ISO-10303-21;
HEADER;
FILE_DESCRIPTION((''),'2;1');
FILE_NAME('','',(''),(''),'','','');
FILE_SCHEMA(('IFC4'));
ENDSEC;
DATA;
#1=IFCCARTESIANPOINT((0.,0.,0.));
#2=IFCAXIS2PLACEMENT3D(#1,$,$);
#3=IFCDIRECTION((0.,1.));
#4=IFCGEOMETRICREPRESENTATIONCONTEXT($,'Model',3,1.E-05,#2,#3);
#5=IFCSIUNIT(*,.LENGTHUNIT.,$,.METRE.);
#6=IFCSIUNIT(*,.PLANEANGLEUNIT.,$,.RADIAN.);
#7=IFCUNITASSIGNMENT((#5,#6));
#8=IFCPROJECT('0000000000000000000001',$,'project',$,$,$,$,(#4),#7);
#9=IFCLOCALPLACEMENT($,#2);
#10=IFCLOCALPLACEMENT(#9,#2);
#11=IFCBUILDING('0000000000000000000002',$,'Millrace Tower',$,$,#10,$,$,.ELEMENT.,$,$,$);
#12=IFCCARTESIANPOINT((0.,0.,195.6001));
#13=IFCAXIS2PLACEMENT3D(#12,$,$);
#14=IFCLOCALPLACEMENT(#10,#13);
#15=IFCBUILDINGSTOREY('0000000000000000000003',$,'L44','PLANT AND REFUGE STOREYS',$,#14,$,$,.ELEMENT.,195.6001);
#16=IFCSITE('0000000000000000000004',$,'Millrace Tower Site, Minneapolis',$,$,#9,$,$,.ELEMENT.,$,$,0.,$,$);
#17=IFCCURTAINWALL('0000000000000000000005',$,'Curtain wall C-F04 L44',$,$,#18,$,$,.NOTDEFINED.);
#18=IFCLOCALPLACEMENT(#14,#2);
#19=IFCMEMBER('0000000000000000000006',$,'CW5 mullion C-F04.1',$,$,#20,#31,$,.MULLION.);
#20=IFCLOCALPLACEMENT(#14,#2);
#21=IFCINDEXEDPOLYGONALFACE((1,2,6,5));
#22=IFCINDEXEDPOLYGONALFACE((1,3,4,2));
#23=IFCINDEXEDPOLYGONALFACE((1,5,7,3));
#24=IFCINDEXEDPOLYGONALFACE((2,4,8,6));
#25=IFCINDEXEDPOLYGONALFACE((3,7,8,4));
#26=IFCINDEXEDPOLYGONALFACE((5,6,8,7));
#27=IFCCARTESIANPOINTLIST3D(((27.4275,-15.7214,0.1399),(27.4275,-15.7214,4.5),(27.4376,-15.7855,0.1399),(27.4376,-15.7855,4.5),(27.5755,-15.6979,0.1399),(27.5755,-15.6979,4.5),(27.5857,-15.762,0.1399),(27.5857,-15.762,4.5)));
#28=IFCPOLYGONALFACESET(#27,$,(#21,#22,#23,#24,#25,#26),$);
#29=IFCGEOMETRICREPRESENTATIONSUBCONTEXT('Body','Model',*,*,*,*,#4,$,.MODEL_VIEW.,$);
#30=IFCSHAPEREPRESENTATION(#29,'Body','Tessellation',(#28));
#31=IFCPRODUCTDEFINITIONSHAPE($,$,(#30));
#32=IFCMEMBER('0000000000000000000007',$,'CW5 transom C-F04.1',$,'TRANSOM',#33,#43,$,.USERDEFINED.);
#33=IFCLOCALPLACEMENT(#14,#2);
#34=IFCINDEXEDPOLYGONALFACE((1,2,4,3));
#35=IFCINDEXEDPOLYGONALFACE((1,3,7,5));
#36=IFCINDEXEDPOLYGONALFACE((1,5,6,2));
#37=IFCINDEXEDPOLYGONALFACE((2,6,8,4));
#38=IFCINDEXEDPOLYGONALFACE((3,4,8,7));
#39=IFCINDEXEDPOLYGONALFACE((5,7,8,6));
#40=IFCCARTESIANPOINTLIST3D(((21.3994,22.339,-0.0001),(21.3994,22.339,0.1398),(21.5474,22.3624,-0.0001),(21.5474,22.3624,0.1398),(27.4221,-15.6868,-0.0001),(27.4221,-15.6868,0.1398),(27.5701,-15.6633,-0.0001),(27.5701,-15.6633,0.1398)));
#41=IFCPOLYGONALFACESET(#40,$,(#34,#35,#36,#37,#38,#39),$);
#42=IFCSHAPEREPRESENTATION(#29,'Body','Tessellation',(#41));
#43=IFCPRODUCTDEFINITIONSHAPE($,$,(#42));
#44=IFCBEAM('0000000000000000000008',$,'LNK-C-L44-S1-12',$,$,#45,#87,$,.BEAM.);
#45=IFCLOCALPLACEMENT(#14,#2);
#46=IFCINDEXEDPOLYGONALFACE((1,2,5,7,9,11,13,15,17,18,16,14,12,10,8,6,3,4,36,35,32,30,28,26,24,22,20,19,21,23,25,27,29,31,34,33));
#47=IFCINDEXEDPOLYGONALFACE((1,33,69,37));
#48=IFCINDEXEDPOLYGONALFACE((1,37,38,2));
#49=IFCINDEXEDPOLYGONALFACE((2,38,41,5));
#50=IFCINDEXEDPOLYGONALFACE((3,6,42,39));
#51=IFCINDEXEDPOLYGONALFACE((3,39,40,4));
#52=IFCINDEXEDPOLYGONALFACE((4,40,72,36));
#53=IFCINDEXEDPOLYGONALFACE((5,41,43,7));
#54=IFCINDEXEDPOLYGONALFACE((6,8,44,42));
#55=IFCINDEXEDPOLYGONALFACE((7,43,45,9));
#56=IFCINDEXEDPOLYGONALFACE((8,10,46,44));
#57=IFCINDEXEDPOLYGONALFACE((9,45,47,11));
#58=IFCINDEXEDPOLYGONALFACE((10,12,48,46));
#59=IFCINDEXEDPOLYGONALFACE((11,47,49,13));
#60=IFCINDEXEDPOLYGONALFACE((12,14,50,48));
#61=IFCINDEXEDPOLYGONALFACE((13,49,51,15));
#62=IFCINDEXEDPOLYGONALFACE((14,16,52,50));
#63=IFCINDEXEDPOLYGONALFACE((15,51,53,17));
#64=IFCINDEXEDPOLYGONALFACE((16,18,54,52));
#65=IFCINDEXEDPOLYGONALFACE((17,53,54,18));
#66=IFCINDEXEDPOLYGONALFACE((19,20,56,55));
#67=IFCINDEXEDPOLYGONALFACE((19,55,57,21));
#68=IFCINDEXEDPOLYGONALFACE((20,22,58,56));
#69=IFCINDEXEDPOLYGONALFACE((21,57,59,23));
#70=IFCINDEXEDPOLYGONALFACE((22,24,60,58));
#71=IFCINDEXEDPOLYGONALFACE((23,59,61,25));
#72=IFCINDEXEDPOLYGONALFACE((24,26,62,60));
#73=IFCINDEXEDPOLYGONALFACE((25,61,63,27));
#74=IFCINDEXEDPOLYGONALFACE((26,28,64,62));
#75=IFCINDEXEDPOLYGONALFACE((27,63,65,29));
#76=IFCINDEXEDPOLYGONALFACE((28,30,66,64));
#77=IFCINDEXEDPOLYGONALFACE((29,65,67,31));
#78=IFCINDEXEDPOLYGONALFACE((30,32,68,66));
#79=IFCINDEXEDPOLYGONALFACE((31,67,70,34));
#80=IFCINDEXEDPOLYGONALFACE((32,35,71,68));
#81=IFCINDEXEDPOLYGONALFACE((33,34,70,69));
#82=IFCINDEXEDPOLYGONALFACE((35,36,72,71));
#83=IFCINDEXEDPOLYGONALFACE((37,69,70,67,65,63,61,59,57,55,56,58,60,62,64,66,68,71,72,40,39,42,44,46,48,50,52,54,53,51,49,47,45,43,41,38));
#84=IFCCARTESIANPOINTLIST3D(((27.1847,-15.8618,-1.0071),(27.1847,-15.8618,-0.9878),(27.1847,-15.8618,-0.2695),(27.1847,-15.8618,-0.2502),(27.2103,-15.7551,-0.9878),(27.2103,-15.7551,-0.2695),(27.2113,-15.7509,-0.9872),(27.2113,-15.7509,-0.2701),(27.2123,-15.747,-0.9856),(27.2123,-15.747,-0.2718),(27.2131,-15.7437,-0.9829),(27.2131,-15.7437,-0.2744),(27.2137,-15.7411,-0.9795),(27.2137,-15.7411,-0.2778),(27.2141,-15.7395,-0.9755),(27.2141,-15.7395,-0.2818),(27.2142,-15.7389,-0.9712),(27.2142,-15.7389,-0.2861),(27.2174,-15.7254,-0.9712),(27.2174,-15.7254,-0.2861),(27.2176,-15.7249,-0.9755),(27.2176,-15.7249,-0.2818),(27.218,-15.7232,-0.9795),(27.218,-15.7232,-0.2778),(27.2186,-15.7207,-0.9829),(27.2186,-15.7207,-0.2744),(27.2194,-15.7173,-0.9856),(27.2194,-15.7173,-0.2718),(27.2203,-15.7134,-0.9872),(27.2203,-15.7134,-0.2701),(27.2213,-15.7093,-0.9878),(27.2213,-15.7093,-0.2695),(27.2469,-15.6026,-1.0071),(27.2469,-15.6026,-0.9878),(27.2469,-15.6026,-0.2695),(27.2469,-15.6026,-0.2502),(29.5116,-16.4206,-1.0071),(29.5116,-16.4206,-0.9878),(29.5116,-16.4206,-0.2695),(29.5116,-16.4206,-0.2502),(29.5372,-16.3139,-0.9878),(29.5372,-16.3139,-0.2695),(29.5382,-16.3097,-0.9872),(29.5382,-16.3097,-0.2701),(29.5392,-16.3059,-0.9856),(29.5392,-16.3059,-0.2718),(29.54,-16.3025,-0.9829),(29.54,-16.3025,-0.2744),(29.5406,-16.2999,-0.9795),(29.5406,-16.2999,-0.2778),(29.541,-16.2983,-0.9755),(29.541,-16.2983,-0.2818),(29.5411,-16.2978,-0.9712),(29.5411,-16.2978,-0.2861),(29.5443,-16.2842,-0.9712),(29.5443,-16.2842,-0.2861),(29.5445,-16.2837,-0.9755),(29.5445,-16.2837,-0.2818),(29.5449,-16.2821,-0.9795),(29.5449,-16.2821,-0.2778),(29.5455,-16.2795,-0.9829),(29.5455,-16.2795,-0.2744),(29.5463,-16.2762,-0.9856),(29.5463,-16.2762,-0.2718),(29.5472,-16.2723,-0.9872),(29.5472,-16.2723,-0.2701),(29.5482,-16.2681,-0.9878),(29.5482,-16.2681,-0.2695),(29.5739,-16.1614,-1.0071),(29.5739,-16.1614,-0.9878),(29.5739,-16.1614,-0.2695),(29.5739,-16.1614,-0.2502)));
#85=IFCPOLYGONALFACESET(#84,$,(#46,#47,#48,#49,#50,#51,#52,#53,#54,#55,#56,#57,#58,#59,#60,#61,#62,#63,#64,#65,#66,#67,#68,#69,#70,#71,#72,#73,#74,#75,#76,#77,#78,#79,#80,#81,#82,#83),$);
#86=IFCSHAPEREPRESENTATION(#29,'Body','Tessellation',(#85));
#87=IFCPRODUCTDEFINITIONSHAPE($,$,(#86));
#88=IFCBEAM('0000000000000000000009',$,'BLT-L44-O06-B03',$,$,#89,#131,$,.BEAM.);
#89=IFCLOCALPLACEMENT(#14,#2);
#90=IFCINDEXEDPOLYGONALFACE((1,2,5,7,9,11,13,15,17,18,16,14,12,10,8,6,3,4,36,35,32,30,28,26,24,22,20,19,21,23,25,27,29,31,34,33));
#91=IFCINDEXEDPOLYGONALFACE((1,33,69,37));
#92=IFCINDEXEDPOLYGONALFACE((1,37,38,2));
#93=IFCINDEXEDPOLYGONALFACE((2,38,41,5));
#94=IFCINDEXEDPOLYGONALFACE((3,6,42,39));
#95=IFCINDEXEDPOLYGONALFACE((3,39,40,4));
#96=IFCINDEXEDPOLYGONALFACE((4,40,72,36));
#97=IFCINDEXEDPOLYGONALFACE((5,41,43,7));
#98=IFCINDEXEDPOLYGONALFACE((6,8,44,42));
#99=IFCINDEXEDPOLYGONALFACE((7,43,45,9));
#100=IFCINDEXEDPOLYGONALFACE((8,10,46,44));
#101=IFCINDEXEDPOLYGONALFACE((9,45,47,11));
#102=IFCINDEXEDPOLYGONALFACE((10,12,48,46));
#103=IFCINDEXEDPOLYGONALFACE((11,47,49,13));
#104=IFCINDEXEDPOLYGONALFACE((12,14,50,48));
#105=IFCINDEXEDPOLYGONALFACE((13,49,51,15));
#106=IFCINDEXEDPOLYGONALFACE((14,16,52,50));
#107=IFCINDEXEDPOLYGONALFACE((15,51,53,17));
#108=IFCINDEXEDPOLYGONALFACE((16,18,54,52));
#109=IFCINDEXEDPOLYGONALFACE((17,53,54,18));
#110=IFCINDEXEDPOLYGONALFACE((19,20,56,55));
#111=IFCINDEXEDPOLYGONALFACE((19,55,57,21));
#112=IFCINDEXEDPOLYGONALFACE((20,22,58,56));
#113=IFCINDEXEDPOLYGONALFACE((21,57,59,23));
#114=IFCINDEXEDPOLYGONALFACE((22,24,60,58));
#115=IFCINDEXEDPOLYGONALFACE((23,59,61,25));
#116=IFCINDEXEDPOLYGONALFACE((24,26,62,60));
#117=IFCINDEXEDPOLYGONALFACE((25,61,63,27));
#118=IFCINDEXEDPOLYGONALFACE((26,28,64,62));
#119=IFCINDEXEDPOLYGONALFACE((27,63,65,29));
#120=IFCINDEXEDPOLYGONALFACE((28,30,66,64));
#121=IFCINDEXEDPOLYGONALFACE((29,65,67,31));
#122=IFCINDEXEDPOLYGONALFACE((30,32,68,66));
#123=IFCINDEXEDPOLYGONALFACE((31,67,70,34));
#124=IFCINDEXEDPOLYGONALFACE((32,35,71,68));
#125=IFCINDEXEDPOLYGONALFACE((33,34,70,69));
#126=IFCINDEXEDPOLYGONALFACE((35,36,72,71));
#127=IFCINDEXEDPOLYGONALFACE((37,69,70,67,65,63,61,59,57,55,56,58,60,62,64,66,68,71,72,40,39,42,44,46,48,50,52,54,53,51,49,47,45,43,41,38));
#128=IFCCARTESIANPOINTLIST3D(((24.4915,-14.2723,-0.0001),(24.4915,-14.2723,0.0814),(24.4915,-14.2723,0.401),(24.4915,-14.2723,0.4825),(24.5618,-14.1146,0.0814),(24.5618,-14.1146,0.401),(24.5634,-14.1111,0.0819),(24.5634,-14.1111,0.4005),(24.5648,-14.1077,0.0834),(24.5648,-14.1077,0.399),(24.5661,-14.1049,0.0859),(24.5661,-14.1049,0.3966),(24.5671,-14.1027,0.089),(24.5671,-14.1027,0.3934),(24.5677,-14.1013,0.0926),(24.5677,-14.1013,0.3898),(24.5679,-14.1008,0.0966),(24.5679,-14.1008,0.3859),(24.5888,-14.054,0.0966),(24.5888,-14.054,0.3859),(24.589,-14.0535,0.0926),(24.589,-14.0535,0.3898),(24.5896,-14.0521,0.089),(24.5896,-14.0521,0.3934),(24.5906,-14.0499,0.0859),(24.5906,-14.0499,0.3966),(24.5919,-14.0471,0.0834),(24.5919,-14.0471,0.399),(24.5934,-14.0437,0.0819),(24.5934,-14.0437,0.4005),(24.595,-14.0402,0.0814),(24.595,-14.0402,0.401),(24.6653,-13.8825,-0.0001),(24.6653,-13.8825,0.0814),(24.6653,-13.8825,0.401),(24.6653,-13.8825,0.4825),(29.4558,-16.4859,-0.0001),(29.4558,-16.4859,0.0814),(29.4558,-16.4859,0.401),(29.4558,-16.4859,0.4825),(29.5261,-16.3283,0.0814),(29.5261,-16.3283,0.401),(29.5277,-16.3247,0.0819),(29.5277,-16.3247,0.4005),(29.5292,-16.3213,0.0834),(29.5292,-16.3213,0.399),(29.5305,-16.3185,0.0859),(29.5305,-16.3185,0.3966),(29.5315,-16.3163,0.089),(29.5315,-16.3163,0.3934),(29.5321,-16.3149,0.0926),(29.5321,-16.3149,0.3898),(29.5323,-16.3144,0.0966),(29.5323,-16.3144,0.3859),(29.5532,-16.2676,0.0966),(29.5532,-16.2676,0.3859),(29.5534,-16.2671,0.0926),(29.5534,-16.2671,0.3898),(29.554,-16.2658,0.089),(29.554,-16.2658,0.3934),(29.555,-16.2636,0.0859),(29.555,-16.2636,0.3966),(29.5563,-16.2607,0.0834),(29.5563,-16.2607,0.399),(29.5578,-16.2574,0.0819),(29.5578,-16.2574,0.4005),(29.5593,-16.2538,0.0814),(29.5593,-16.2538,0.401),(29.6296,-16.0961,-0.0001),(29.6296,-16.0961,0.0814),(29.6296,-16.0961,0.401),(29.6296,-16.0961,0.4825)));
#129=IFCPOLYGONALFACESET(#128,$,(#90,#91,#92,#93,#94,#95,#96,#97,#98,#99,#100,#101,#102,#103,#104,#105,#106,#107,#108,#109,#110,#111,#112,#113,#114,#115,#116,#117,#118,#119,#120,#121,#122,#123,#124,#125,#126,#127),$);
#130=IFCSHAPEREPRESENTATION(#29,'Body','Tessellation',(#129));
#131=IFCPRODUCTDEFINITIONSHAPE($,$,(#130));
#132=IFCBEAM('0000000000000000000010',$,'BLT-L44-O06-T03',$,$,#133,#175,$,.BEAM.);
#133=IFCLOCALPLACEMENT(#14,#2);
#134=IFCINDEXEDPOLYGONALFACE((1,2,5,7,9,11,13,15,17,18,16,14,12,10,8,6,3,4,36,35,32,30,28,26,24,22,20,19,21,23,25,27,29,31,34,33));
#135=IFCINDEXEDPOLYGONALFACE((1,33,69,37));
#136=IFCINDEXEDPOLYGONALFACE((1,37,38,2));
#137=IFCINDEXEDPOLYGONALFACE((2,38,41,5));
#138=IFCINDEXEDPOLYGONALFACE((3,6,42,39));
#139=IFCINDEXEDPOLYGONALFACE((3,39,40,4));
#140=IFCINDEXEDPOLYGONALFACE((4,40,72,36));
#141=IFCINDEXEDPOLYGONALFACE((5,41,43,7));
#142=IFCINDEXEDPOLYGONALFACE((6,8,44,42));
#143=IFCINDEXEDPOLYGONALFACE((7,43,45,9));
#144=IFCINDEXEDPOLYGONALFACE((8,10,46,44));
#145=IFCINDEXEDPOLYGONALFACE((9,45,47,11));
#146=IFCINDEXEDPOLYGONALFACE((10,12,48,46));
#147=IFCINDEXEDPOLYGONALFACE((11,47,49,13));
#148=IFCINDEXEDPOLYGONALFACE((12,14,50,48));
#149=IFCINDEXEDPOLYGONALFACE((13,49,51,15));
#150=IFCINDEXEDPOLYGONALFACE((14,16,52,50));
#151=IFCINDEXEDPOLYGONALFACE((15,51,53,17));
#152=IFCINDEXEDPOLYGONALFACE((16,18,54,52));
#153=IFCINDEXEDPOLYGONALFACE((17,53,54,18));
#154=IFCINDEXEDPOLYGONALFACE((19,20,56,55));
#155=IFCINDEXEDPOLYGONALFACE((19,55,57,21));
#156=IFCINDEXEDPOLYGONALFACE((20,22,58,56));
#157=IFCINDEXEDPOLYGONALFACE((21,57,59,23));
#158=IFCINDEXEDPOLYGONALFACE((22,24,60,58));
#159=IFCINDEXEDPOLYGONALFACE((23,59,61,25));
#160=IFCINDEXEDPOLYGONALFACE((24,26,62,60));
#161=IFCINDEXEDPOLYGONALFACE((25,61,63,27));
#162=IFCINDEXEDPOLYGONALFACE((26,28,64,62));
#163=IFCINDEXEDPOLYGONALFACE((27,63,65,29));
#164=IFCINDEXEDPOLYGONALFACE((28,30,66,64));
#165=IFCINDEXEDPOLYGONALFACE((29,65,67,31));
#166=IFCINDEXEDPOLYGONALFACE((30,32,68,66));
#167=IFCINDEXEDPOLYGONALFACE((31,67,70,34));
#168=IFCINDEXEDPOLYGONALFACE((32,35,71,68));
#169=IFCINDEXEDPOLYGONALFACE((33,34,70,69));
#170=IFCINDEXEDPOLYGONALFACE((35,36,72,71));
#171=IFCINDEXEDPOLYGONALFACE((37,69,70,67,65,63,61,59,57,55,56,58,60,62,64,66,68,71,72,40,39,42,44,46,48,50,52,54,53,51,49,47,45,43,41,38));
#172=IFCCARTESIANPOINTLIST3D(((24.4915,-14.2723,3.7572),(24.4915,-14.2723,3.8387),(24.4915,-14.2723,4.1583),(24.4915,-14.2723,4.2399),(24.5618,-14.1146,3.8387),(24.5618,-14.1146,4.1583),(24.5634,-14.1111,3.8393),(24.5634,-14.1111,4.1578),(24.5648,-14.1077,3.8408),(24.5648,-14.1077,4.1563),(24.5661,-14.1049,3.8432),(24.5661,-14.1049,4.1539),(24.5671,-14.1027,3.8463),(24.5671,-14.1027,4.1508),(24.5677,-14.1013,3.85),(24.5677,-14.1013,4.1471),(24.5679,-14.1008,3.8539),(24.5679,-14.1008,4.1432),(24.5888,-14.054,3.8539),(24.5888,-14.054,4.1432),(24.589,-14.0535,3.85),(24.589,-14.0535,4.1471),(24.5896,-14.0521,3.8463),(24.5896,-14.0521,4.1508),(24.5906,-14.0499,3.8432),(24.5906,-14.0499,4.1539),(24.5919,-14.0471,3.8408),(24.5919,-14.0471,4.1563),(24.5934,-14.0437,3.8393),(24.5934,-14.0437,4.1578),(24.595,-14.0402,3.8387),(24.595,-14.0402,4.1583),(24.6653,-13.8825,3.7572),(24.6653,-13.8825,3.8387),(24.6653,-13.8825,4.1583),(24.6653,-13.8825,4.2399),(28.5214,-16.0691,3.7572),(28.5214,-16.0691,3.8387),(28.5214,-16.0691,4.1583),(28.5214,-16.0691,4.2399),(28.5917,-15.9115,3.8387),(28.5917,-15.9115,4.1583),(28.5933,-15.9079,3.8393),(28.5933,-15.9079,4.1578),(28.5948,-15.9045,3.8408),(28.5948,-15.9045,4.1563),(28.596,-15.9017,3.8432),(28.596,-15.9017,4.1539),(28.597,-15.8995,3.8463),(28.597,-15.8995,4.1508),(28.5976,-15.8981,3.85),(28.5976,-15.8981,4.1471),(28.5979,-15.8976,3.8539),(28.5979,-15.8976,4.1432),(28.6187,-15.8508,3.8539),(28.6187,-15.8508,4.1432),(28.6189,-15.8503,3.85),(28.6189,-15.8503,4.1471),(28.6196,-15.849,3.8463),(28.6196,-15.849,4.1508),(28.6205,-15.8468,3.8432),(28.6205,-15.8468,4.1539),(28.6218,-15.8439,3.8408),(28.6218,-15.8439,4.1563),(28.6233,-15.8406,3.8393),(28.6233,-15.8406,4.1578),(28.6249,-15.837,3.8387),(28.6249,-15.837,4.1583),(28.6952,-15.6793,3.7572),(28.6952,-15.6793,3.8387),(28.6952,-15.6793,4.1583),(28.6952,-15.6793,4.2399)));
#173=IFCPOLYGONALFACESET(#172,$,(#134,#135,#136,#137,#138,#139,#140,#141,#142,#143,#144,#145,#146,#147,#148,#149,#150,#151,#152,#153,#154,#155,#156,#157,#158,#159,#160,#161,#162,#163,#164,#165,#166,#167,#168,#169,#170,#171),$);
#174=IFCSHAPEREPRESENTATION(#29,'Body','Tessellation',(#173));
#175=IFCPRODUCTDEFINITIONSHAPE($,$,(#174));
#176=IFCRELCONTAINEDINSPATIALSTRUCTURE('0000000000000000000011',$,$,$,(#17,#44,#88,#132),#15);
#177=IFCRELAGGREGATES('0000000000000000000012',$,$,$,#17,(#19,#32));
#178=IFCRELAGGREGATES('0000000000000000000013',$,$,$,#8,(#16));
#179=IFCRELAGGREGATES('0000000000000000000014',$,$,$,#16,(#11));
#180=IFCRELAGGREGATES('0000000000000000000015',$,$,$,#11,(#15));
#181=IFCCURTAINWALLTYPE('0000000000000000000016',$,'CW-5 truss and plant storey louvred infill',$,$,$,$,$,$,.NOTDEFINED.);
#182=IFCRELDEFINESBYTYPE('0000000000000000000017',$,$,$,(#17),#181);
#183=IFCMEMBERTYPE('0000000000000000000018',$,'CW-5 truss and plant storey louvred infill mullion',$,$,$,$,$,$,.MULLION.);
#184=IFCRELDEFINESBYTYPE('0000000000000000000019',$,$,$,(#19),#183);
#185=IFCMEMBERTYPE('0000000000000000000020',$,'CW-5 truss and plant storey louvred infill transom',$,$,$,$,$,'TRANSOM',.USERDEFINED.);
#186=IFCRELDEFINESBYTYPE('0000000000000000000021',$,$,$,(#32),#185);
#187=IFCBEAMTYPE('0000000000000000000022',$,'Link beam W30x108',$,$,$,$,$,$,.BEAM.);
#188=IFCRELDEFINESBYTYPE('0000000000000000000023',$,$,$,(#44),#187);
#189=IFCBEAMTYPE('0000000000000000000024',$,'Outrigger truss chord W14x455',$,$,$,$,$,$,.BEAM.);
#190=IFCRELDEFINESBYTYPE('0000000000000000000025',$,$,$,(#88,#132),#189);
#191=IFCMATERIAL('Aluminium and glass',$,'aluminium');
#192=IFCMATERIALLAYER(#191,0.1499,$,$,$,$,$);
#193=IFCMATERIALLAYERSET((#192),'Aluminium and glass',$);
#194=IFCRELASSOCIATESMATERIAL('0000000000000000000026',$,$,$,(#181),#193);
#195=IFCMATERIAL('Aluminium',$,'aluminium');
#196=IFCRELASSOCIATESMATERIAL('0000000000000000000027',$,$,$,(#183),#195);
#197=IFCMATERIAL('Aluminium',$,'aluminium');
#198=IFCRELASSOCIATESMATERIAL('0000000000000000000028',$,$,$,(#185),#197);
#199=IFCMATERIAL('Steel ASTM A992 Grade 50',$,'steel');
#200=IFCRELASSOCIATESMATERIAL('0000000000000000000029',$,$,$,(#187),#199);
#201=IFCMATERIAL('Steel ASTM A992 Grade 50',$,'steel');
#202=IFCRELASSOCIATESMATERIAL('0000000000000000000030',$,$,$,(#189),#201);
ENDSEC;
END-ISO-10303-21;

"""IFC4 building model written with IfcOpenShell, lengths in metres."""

from ifc_helpers import new_model, si_unit, direction, frame, origin, origin_2d, place, context, subcontext, project, spatial, rectangle, i_section, extrude, material, layer, layer_set, material_profile, profile_set, type_object, element, aggregate, save


model = new_model("IFC4")

# Units and contexts
model_context = context("Model", 3, precision=1e-05, world=origin(), true_north=direction((0.0, 1.0)))
body_context = subcontext(model_context, "Body", "Model", "MODEL_VIEW")
ifc_project = project(units=[si_unit("LENGTHUNIT", "METRE"), si_unit("PLANEANGLEUNIT", "RADIAN")], contexts=[model_context])

# Site, building, storey
site_placement = place(None, origin())
site = spatial("IfcSite", under=ifc_project, at=site_placement, Name="Millrace Tower Site, Minneapolis", CompositionType="ELEMENT", RefElevation=0.0)
building_placement = place(site_placement, origin())
building = spatial("IfcBuilding", under=site, at=building_placement, Name="Millrace Tower", CompositionType="ELEMENT")
storey_placement = place(building_placement, frame((0.0, 0.0, 195.6001)))
storey = spatial("IfcBuildingStorey", under=building, at=storey_placement, Name="L44", Description="PLANT AND REFUGE STOREYS", CompositionType="ELEMENT", Elevation=195.6001)

# Curtain wall, members
ifc_material_1 = material(Name="Aluminium and glass", Category="aluminium")
ifc_layer_1 = layer(ifc_material_1, 0.1499)
ifc_layer_set_1 = layer_set([ifc_layer_1], Name="Aluminium and glass")
curtain_wall_type = type_object("IfcCurtainWallType", Name="CW-5 truss and plant storey louvred infill", PredefinedType="NOTDEFINED", material=ifc_layer_set_1)
curtain_wall_placement = place(storey_placement, origin())
curtain_wall = element("IfcCurtainWall", 1, at=curtain_wall_placement, inside=storey, type_object=curtain_wall_type, Name="Curtain wall C-F04 L44", PredefinedType="NOTDEFINED")
ifc_material_2 = material(Name="Aluminium", Category="aluminium")
ifc_material_profile_1 = material_profile(ifc_material_2, rectangle(XDim=0.0649, YDim=0.1499, at=origin_2d()))
ifc_profile_set_1 = profile_set([ifc_material_profile_1], Name="Aluminium")
member_type_1 = type_object("IfcMemberType", Name="CW-5 truss and plant storey louvred infill mullion", PredefinedType="MULLION", material=ifc_profile_set_1)
member_1_placement = place(storey_placement, frame((27.5066, -15.7417, 0.1399), z_axis=(0.0, 0.0, 1.0), x_axis=(-0.156434, 0.987688, 0.0)))
member_1 = element("IfcMember", 2, at=member_1_placement, type_object=member_type_1, Name="CW5 mullion C-F04.1", PredefinedType="MULLION", context=body_context, shape_type="SweptSolid", body=[
    extrude(rectangle(XDim=0.0649, YDim=0.1499, at=origin_2d()), origin(), (0.0, 0.0, 1.0), 4.3601),
])
ifc_material_3 = material(Name="Aluminium", Category="aluminium")
ifc_material_profile_2 = material_profile(ifc_material_3, rectangle(XDim=0.1499, YDim=0.1399, at=origin_2d()))
ifc_profile_set_2 = profile_set([ifc_material_profile_2], Name="Aluminium")
member_type_2 = type_object("IfcMemberType", Name="CW-5 truss and plant storey louvred infill transom", ElementType="TRANSOM", PredefinedType="USERDEFINED", material=ifc_profile_set_2)
member_2_placement = place(storey_placement, frame((27.4961, -15.675, 0.0698), z_axis=(-0.156434, 0.987688, 0.0), x_axis=(-0.987688, -0.156434, 0.0)))
member_2 = element("IfcMember", 3, at=member_2_placement, type_object=member_type_2, Name="CW5 transom C-F04.1", ObjectType="TRANSOM", PredefinedType="USERDEFINED", context=body_context, shape_type="SweptSolid", body=[
    extrude(rectangle(XDim=0.1499, YDim=0.1399, at=origin_2d()), origin(), (0.0, 0.0, 1.0), 38.4998),
])
aggregate(curtain_wall, [member_1, member_2])

# Beams
ifc_material_4 = material(Name="Steel ASTM A992 Grade 50", Category="steel")
ifc_material_profile_3 = material_profile(ifc_material_4, i_section(OverallWidth=0.2666, OverallDepth=0.7568, WebThickness=0.0139, FlangeThickness=0.0193, FilletRadius=0.0166, at=origin_2d()))
ifc_profile_set_3 = profile_set([ifc_material_profile_3], Name="Steel ASTM A992 Grade 50")
beam_type_1 = type_object("IfcBeamType", Name="Link beam W30x108", PredefinedType="BEAM", material=ifc_profile_set_3)
beam_1_placement = place(storey_placement, frame((27.2158, -15.7322, -0.6287), z_axis=(0.972351, -0.233523, 0.0), x_axis=(0.233523, 0.972351, 0.0)))
element("IfcBeam", 4, at=beam_1_placement, inside=storey, type_object=beam_type_1, Name="LNK-C-L44-S1-12", PredefinedType="BEAM", context=body_context, shape_type="SweptSolid", body=[
    extrude(i_section(OverallWidth=0.2666, OverallDepth=0.7568, WebThickness=0.0139, FlangeThickness=0.0193, FilletRadius=0.0166, at=origin_2d()), origin(), (0.0, 0.0, 1.0), 2.3931),
])
ifc_material_5 = material(Name="Steel ASTM A992 Grade 50", Category="steel")
ifc_material_profile_4 = material_profile(ifc_material_5, i_section(OverallWidth=0.4268, OverallDepth=0.4827, WebThickness=0.0513, FlangeThickness=0.0815, FilletRadius=0.0151, at=origin_2d()))
ifc_profile_set_4 = profile_set([ifc_material_profile_4], Name="Steel ASTM A992 Grade 50")
beam_type_2 = type_object("IfcBeamType", Name="Outrigger truss chord W14x455", PredefinedType="BEAM", material=ifc_profile_set_4)
beam_2_placement = place(storey_placement, frame((24.5784, -14.0774, 0.2412), z_axis=(0.913316, -0.407251, 0.0), x_axis=(0.407251, 0.913316, 0.0)))
element("IfcBeam", 5, at=beam_2_placement, inside=storey, type_object=beam_type_2, Name="BLT-L44-O06-B03", PredefinedType="BEAM", context=body_context, shape_type="SweptSolid", body=[
    extrude(i_section(OverallWidth=0.4268, OverallDepth=0.4827, WebThickness=0.0513, FlangeThickness=0.0815, FilletRadius=0.0151, at=origin_2d()), origin(), (0.0, 0.0, 1.0), 5.4355),
])
beam_3_placement = place(storey_placement, frame((24.5784, -14.0774, 3.9985), z_axis=(0.913327, -0.407227, 0.0), x_axis=(0.407227, 0.913327, 0.0)))
element("IfcBeam", 6, at=beam_3_placement, inside=storey, type_object=beam_type_2, Name="BLT-L44-O06-T03", PredefinedType="BEAM", context=body_context, shape_type="SweptSolid", body=[
    extrude(i_section(OverallWidth=0.4268, OverallDepth=0.4827, WebThickness=0.0513, FlangeThickness=0.0815, FilletRadius=0.0151, at=origin_2d()), origin(), (0.0, 0.0, 1.0), 4.4124),
])

save(model, "model.ifc")
